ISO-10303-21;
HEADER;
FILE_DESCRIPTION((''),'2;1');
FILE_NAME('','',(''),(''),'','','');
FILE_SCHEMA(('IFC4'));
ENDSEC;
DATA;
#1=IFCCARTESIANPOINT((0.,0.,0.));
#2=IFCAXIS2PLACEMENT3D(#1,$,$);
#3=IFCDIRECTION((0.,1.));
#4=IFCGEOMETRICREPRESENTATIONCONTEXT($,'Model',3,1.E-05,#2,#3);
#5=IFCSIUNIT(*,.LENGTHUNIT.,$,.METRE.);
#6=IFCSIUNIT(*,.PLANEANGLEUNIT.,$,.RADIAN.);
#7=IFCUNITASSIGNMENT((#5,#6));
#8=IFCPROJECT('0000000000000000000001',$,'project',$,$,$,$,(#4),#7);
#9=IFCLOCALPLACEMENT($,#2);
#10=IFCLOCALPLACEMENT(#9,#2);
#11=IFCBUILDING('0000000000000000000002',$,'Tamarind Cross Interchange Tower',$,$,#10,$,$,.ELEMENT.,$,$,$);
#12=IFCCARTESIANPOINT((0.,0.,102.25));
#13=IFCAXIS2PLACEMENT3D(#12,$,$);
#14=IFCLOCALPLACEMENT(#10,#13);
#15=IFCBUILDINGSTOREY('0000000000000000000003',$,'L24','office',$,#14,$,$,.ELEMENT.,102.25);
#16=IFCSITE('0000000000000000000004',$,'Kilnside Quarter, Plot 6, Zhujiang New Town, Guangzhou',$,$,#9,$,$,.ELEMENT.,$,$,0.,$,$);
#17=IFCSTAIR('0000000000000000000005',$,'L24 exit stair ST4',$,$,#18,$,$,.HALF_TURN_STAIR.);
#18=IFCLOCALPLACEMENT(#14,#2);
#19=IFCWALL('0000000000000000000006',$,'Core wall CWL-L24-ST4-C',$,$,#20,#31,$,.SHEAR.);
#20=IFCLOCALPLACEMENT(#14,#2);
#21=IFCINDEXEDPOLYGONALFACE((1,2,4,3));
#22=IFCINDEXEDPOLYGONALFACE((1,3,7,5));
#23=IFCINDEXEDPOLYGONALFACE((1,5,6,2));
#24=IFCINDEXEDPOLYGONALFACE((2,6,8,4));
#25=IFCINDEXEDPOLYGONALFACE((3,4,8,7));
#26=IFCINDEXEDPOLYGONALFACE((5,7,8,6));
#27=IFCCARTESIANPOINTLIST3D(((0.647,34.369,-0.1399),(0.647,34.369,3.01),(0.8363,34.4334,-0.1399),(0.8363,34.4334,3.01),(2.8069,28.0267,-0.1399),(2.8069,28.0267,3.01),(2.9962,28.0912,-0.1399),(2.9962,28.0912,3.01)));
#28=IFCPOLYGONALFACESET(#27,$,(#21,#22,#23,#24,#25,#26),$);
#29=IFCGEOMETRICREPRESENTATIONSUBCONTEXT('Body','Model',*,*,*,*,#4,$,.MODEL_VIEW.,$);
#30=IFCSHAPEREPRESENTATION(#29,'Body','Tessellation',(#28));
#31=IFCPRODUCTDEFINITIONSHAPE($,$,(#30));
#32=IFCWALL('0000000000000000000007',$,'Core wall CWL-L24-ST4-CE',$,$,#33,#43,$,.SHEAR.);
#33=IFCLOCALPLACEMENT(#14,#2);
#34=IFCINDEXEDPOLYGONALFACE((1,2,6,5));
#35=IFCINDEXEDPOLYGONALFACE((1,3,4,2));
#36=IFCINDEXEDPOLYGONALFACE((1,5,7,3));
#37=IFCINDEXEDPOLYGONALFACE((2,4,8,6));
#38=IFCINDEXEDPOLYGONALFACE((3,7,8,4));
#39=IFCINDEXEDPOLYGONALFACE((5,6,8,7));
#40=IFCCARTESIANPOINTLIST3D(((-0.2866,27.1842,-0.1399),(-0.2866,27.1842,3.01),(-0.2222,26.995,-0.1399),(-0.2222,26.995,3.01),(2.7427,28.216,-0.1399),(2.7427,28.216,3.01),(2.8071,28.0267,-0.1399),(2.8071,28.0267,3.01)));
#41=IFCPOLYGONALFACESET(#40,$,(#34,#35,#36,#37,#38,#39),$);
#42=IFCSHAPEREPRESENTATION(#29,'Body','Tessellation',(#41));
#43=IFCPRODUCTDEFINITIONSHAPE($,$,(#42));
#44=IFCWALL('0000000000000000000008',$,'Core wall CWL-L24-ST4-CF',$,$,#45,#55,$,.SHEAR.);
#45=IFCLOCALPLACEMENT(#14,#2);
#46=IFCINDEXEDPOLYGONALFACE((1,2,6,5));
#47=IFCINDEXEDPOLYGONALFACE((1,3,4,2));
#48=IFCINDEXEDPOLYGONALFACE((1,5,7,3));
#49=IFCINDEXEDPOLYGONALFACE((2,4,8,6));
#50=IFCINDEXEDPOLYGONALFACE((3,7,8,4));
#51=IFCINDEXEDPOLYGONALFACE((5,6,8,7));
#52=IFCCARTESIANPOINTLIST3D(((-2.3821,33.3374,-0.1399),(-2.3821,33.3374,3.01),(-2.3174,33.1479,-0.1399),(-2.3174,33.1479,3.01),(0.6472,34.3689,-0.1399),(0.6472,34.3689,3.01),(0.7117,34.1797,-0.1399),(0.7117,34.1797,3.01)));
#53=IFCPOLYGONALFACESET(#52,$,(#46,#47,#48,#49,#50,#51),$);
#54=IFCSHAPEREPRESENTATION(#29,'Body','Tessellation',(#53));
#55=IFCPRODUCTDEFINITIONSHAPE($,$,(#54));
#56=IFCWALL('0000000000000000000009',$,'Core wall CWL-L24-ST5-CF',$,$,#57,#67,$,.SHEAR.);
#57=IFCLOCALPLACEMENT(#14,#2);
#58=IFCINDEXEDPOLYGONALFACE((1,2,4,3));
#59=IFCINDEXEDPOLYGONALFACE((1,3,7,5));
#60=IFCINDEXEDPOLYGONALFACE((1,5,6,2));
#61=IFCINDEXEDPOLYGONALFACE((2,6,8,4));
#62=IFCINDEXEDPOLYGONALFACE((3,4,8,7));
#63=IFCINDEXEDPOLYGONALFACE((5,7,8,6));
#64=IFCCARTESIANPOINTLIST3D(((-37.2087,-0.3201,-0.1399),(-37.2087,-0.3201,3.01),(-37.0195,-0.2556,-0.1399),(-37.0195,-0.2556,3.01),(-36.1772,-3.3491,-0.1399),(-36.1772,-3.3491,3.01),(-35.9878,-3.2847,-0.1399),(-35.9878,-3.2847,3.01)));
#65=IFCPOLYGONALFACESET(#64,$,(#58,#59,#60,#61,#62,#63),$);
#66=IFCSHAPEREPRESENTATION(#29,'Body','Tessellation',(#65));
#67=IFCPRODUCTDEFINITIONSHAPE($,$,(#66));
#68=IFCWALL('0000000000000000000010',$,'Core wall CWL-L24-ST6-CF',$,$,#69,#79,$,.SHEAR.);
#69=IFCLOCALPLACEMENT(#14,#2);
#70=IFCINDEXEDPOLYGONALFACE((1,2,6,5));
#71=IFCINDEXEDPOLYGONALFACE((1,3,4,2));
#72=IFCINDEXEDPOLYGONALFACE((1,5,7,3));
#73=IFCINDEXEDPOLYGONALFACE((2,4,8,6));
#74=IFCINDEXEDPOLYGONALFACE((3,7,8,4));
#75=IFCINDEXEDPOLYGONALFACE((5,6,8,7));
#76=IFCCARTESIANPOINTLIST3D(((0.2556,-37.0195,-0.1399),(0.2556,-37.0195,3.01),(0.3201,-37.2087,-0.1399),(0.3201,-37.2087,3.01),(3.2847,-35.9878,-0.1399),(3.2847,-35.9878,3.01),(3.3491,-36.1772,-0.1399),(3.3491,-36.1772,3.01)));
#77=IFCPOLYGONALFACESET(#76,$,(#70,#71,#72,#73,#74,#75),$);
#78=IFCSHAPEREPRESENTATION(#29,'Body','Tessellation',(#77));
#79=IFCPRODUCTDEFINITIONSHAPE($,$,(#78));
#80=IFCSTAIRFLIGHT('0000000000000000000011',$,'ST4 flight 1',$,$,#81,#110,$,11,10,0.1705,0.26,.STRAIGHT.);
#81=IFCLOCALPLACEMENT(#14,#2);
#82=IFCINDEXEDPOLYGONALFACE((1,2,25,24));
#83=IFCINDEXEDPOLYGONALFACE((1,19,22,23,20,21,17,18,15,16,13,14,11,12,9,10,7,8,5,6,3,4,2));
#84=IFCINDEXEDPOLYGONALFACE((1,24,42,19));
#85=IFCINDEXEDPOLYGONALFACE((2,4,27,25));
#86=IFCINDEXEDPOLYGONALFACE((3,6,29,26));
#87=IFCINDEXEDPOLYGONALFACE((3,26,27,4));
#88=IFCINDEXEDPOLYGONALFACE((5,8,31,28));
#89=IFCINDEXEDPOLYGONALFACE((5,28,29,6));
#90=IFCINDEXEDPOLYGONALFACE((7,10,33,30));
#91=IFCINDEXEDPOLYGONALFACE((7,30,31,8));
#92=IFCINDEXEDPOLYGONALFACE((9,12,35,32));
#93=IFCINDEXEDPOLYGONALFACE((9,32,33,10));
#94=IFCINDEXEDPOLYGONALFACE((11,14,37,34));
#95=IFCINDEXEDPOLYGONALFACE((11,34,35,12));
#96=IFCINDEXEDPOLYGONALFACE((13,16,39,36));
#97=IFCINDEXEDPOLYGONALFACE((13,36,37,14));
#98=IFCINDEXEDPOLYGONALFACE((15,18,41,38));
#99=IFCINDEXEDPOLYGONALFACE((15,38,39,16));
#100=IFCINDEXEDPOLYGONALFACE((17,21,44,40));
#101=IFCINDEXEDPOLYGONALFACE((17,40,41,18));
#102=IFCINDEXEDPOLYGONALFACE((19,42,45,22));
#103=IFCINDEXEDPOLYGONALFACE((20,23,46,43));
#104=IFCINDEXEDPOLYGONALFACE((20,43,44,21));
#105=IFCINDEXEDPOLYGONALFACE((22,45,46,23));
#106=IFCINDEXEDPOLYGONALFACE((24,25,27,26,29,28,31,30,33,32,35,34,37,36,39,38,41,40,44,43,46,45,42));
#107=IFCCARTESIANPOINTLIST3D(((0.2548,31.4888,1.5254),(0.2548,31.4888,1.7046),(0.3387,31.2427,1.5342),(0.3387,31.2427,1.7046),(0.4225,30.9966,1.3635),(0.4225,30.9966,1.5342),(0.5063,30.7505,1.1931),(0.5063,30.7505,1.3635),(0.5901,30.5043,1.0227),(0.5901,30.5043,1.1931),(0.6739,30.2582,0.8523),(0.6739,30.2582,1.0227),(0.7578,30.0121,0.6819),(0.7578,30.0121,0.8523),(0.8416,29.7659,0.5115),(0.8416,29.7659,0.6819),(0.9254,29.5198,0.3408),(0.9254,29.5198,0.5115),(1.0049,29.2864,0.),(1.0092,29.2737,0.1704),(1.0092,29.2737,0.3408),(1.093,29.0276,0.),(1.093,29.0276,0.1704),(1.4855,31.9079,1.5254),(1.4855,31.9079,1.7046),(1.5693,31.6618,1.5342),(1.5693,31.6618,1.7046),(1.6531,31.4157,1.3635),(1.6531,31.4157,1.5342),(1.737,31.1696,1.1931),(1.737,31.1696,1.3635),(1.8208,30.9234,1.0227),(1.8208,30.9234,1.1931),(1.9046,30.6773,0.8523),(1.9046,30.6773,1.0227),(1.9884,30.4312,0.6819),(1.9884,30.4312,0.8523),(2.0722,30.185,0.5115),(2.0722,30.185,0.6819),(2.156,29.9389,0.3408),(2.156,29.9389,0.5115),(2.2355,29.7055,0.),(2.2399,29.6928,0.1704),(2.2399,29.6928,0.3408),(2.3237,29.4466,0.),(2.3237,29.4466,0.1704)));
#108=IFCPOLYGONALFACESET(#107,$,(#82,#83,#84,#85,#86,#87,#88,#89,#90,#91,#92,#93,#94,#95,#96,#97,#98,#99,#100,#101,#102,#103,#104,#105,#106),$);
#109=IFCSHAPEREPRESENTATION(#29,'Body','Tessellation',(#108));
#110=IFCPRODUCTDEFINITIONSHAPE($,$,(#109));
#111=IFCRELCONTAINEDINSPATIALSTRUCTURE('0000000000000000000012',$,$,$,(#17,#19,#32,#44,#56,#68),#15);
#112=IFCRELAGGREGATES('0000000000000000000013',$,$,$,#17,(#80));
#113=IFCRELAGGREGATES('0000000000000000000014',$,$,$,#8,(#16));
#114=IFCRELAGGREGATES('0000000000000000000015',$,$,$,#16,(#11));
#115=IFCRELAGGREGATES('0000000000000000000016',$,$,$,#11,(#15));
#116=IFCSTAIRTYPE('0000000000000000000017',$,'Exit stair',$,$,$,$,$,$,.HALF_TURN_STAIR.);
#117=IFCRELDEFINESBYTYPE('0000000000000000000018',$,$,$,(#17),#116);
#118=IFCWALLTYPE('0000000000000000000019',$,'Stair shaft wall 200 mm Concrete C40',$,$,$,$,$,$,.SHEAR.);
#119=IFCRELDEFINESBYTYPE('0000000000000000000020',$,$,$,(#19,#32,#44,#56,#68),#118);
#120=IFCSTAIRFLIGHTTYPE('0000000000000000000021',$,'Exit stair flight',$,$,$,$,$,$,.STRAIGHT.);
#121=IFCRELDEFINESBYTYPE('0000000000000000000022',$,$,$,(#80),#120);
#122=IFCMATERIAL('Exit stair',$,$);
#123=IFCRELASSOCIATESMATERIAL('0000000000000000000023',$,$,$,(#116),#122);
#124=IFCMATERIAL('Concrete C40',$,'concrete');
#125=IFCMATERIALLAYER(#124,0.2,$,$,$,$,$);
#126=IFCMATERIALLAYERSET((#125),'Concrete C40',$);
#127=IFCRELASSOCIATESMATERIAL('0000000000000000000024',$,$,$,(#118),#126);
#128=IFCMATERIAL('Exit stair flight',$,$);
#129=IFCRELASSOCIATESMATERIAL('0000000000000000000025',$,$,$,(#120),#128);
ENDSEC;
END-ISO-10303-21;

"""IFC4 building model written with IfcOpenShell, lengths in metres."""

from ifc_helpers import new_model, si_unit, direction, frame, frame_2d, origin, place, context, subcontext, project, spatial, polyline, rectangle, outline, extrude, material, layer, layer_set, type_object, element, aggregate, save


model = new_model("IFC4")

# Units and contexts
model_context = context("Model", 3, precision=1e-05, world=origin(), true_north=direction((0.0, 1.0)))
body_context = subcontext(model_context, "Body", "Model", "MODEL_VIEW")
ifc_project = project(units=[si_unit("LENGTHUNIT", "METRE"), si_unit("PLANEANGLEUNIT", "RADIAN")], contexts=[model_context])

# Site, building, storey
site_placement = place(None, origin())
site = spatial("IfcSite", under=ifc_project, at=site_placement, Name="Kilnside Quarter, Plot 6, Zhujiang New Town, Guangzhou", CompositionType="ELEMENT", RefElevation=0.0)
building_placement = place(site_placement, origin())
building = spatial("IfcBuilding", under=site, at=building_placement, Name="Tamarind Cross Interchange Tower", CompositionType="ELEMENT")
storey_placement = place(building_placement, frame((0.0, 0.0, 102.25)))
storey = spatial("IfcBuildingStorey", under=building, at=storey_placement, Name="L24", Description="office", CompositionType="ELEMENT", Elevation=102.25)

# Stair
ifc_material_1 = material(Name="Exit stair")
stair_type = type_object("IfcStairType", Name="Exit stair", PredefinedType="HALF_TURN_STAIR", material=ifc_material_1)
ifc_material_2 = material(Name="Concrete C40", Category="concrete")
stair_1_placement = place(storey_placement, origin())
stair_1 = element("IfcStair", 1, at=stair_1_placement, inside=storey, type_object=stair_type, Name="L24 exit stair ST4", PredefinedType="HALF_TURN_STAIR")

# Walls
ifc_layer_1 = layer(ifc_material_2, 0.2)
ifc_layer_set_1 = layer_set([ifc_layer_1], Name="Concrete C40")
wall_type_1 = type_object("IfcWallType", Name="Stair shaft wall 200 mm Concrete C40", PredefinedType="SHEAR", material=ifc_layer_set_1)
wall_1_placement = place(storey_placement, frame((2.9016, 28.0588, -0.1399), z_axis=(0.0, 0.0, 1.0), x_axis=(-0.322376, 0.946612, 0.0)))
element("IfcWall", 2, at=wall_1_placement, inside=storey, type_object=wall_type_1, Name="Core wall CWL-L24-ST4-C", PredefinedType="SHEAR", context=body_context, shape_type="SweptSolid", body=[
    extrude(rectangle(XDim=6.7, YDim=0.2, at=frame_2d((3.3501, 0.0))), origin(), (0.0, 0.0, 1.0), 3.1499),
])
wall_2_placement = place(storey_placement, frame((2.7749, 28.1213, -0.1399), z_axis=(0.0, 0.0, 1.0), x_axis=(-0.946603, -0.322401, 0.0)))
element("IfcWall", 3, at=wall_2_placement, inside=storey, type_object=wall_type_1, Name="Core wall CWL-L24-ST4-CE", PredefinedType="SHEAR", context=body_context, shape_type="SweptSolid", body=[
    extrude(rectangle(XDim=3.2002, YDim=0.2, at=frame_2d((1.6001, 0.0))), origin(), (0.0, 0.0, 1.0), 3.1499),
])
wall_3_placement = place(storey_placement, frame((0.0, 0.0, -0.1399)))
element("IfcWall", 4, at=wall_3_placement, inside=storey, type_object=wall_type_1, Name="Core wall CWL-L24-ST4-CF", PredefinedType="SHEAR", context=body_context, shape_type="SweptSolid", body=[
    extrude(outline(polyline([(0.7117, 34.1797), (0.6472, 34.3689), (-2.3821, 33.3374), (-2.3174, 33.1479), (0.7117, 34.1797)])), origin(), (0.0, 0.0, 1.0), 3.1499),
])
wall_4_placement = place(storey_placement, frame((0.0, 0.0, -0.1399)))
element("IfcWall", 5, at=wall_4_placement, inside=storey, type_object=wall_type_1, Name="Core wall CWL-L24-ST5-CF", PredefinedType="SHEAR", context=body_context, shape_type="SweptSolid", body=[
    extrude(outline(polyline([(-37.0195, -0.2556), (-37.2087, -0.3201), (-36.1772, -3.3491), (-35.9878, -3.2847), (-37.0195, -0.2556)])), origin(), (0.0, 0.0, 1.0), 3.1499),
])
wall_5_placement = place(storey_placement, frame((0.0, 0.0, -0.1399)))
element("IfcWall", 6, at=wall_5_placement, inside=storey, type_object=wall_type_1, Name="Core wall CWL-L24-ST6-CF", PredefinedType="SHEAR", context=body_context, shape_type="SweptSolid", body=[
    extrude(outline(polyline([(0.2556, -37.0195), (0.3201, -37.2087), (3.3491, -36.1772), (3.2847, -35.9878), (0.2556, -37.0195)])), origin(), (0.0, 0.0, 1.0), 3.1499),
])

# Stair flight
ifc_material_3 = material(Name="Exit stair flight")
stair_flight_type = type_object("IfcStairFlightType", Name="Exit stair flight", PredefinedType="STRAIGHT", material=ifc_material_3)
stair_flight_placement = place(storey_placement, frame((1.7083, 29.2371, 0.0), z_axis=(0.0, 0.0, 1.0), x_axis=(-0.322371, 0.946613, 0.0)))
stair_flight = element("IfcStairFlight", 7, at=stair_flight_placement, type_object=stair_flight_type, Name="ST4 flight 1", NumberOfRisers=11, NumberOfTreads=10, PredefinedType="STRAIGHT", RiserHeight=0.1705, TreadLength=0.26, context=body_context, shape_type="SweptSolid", body=[
    extrude(outline(polyline([(0.0, 0.0), (0.0, 0.1704), (0.26, 0.1704), (0.26, 0.3408), (0.52, 0.3408), (0.52, 0.5115), (0.78, 0.5115), (0.78, 0.6819), (1.04, 0.6819), (1.04, 0.8523), (1.3, 0.8523), (1.3, 1.0227), (1.5601, 1.0227), (1.5601, 1.1931), (1.8201, 1.1931), (1.8201, 1.3635), (2.0801, 1.3635), (2.0801, 1.5342), (2.3401, 1.5342), (2.3401, 1.7046), (2.6001, 1.7046), (2.6001, 1.875), (2.6001, 1.5254), (0.2734, 0.0), (0.0, 0.0)])), frame((0.0, 0.6499, 0.0), z_axis=(0.0, -1.0, 0.0), x_axis=(1.0, 0.0, 0.0)), (0.0, 0.0, 1.0), 1.3),
])
aggregate(stair_1, [stair_flight])

save(model, "model.ifc")
